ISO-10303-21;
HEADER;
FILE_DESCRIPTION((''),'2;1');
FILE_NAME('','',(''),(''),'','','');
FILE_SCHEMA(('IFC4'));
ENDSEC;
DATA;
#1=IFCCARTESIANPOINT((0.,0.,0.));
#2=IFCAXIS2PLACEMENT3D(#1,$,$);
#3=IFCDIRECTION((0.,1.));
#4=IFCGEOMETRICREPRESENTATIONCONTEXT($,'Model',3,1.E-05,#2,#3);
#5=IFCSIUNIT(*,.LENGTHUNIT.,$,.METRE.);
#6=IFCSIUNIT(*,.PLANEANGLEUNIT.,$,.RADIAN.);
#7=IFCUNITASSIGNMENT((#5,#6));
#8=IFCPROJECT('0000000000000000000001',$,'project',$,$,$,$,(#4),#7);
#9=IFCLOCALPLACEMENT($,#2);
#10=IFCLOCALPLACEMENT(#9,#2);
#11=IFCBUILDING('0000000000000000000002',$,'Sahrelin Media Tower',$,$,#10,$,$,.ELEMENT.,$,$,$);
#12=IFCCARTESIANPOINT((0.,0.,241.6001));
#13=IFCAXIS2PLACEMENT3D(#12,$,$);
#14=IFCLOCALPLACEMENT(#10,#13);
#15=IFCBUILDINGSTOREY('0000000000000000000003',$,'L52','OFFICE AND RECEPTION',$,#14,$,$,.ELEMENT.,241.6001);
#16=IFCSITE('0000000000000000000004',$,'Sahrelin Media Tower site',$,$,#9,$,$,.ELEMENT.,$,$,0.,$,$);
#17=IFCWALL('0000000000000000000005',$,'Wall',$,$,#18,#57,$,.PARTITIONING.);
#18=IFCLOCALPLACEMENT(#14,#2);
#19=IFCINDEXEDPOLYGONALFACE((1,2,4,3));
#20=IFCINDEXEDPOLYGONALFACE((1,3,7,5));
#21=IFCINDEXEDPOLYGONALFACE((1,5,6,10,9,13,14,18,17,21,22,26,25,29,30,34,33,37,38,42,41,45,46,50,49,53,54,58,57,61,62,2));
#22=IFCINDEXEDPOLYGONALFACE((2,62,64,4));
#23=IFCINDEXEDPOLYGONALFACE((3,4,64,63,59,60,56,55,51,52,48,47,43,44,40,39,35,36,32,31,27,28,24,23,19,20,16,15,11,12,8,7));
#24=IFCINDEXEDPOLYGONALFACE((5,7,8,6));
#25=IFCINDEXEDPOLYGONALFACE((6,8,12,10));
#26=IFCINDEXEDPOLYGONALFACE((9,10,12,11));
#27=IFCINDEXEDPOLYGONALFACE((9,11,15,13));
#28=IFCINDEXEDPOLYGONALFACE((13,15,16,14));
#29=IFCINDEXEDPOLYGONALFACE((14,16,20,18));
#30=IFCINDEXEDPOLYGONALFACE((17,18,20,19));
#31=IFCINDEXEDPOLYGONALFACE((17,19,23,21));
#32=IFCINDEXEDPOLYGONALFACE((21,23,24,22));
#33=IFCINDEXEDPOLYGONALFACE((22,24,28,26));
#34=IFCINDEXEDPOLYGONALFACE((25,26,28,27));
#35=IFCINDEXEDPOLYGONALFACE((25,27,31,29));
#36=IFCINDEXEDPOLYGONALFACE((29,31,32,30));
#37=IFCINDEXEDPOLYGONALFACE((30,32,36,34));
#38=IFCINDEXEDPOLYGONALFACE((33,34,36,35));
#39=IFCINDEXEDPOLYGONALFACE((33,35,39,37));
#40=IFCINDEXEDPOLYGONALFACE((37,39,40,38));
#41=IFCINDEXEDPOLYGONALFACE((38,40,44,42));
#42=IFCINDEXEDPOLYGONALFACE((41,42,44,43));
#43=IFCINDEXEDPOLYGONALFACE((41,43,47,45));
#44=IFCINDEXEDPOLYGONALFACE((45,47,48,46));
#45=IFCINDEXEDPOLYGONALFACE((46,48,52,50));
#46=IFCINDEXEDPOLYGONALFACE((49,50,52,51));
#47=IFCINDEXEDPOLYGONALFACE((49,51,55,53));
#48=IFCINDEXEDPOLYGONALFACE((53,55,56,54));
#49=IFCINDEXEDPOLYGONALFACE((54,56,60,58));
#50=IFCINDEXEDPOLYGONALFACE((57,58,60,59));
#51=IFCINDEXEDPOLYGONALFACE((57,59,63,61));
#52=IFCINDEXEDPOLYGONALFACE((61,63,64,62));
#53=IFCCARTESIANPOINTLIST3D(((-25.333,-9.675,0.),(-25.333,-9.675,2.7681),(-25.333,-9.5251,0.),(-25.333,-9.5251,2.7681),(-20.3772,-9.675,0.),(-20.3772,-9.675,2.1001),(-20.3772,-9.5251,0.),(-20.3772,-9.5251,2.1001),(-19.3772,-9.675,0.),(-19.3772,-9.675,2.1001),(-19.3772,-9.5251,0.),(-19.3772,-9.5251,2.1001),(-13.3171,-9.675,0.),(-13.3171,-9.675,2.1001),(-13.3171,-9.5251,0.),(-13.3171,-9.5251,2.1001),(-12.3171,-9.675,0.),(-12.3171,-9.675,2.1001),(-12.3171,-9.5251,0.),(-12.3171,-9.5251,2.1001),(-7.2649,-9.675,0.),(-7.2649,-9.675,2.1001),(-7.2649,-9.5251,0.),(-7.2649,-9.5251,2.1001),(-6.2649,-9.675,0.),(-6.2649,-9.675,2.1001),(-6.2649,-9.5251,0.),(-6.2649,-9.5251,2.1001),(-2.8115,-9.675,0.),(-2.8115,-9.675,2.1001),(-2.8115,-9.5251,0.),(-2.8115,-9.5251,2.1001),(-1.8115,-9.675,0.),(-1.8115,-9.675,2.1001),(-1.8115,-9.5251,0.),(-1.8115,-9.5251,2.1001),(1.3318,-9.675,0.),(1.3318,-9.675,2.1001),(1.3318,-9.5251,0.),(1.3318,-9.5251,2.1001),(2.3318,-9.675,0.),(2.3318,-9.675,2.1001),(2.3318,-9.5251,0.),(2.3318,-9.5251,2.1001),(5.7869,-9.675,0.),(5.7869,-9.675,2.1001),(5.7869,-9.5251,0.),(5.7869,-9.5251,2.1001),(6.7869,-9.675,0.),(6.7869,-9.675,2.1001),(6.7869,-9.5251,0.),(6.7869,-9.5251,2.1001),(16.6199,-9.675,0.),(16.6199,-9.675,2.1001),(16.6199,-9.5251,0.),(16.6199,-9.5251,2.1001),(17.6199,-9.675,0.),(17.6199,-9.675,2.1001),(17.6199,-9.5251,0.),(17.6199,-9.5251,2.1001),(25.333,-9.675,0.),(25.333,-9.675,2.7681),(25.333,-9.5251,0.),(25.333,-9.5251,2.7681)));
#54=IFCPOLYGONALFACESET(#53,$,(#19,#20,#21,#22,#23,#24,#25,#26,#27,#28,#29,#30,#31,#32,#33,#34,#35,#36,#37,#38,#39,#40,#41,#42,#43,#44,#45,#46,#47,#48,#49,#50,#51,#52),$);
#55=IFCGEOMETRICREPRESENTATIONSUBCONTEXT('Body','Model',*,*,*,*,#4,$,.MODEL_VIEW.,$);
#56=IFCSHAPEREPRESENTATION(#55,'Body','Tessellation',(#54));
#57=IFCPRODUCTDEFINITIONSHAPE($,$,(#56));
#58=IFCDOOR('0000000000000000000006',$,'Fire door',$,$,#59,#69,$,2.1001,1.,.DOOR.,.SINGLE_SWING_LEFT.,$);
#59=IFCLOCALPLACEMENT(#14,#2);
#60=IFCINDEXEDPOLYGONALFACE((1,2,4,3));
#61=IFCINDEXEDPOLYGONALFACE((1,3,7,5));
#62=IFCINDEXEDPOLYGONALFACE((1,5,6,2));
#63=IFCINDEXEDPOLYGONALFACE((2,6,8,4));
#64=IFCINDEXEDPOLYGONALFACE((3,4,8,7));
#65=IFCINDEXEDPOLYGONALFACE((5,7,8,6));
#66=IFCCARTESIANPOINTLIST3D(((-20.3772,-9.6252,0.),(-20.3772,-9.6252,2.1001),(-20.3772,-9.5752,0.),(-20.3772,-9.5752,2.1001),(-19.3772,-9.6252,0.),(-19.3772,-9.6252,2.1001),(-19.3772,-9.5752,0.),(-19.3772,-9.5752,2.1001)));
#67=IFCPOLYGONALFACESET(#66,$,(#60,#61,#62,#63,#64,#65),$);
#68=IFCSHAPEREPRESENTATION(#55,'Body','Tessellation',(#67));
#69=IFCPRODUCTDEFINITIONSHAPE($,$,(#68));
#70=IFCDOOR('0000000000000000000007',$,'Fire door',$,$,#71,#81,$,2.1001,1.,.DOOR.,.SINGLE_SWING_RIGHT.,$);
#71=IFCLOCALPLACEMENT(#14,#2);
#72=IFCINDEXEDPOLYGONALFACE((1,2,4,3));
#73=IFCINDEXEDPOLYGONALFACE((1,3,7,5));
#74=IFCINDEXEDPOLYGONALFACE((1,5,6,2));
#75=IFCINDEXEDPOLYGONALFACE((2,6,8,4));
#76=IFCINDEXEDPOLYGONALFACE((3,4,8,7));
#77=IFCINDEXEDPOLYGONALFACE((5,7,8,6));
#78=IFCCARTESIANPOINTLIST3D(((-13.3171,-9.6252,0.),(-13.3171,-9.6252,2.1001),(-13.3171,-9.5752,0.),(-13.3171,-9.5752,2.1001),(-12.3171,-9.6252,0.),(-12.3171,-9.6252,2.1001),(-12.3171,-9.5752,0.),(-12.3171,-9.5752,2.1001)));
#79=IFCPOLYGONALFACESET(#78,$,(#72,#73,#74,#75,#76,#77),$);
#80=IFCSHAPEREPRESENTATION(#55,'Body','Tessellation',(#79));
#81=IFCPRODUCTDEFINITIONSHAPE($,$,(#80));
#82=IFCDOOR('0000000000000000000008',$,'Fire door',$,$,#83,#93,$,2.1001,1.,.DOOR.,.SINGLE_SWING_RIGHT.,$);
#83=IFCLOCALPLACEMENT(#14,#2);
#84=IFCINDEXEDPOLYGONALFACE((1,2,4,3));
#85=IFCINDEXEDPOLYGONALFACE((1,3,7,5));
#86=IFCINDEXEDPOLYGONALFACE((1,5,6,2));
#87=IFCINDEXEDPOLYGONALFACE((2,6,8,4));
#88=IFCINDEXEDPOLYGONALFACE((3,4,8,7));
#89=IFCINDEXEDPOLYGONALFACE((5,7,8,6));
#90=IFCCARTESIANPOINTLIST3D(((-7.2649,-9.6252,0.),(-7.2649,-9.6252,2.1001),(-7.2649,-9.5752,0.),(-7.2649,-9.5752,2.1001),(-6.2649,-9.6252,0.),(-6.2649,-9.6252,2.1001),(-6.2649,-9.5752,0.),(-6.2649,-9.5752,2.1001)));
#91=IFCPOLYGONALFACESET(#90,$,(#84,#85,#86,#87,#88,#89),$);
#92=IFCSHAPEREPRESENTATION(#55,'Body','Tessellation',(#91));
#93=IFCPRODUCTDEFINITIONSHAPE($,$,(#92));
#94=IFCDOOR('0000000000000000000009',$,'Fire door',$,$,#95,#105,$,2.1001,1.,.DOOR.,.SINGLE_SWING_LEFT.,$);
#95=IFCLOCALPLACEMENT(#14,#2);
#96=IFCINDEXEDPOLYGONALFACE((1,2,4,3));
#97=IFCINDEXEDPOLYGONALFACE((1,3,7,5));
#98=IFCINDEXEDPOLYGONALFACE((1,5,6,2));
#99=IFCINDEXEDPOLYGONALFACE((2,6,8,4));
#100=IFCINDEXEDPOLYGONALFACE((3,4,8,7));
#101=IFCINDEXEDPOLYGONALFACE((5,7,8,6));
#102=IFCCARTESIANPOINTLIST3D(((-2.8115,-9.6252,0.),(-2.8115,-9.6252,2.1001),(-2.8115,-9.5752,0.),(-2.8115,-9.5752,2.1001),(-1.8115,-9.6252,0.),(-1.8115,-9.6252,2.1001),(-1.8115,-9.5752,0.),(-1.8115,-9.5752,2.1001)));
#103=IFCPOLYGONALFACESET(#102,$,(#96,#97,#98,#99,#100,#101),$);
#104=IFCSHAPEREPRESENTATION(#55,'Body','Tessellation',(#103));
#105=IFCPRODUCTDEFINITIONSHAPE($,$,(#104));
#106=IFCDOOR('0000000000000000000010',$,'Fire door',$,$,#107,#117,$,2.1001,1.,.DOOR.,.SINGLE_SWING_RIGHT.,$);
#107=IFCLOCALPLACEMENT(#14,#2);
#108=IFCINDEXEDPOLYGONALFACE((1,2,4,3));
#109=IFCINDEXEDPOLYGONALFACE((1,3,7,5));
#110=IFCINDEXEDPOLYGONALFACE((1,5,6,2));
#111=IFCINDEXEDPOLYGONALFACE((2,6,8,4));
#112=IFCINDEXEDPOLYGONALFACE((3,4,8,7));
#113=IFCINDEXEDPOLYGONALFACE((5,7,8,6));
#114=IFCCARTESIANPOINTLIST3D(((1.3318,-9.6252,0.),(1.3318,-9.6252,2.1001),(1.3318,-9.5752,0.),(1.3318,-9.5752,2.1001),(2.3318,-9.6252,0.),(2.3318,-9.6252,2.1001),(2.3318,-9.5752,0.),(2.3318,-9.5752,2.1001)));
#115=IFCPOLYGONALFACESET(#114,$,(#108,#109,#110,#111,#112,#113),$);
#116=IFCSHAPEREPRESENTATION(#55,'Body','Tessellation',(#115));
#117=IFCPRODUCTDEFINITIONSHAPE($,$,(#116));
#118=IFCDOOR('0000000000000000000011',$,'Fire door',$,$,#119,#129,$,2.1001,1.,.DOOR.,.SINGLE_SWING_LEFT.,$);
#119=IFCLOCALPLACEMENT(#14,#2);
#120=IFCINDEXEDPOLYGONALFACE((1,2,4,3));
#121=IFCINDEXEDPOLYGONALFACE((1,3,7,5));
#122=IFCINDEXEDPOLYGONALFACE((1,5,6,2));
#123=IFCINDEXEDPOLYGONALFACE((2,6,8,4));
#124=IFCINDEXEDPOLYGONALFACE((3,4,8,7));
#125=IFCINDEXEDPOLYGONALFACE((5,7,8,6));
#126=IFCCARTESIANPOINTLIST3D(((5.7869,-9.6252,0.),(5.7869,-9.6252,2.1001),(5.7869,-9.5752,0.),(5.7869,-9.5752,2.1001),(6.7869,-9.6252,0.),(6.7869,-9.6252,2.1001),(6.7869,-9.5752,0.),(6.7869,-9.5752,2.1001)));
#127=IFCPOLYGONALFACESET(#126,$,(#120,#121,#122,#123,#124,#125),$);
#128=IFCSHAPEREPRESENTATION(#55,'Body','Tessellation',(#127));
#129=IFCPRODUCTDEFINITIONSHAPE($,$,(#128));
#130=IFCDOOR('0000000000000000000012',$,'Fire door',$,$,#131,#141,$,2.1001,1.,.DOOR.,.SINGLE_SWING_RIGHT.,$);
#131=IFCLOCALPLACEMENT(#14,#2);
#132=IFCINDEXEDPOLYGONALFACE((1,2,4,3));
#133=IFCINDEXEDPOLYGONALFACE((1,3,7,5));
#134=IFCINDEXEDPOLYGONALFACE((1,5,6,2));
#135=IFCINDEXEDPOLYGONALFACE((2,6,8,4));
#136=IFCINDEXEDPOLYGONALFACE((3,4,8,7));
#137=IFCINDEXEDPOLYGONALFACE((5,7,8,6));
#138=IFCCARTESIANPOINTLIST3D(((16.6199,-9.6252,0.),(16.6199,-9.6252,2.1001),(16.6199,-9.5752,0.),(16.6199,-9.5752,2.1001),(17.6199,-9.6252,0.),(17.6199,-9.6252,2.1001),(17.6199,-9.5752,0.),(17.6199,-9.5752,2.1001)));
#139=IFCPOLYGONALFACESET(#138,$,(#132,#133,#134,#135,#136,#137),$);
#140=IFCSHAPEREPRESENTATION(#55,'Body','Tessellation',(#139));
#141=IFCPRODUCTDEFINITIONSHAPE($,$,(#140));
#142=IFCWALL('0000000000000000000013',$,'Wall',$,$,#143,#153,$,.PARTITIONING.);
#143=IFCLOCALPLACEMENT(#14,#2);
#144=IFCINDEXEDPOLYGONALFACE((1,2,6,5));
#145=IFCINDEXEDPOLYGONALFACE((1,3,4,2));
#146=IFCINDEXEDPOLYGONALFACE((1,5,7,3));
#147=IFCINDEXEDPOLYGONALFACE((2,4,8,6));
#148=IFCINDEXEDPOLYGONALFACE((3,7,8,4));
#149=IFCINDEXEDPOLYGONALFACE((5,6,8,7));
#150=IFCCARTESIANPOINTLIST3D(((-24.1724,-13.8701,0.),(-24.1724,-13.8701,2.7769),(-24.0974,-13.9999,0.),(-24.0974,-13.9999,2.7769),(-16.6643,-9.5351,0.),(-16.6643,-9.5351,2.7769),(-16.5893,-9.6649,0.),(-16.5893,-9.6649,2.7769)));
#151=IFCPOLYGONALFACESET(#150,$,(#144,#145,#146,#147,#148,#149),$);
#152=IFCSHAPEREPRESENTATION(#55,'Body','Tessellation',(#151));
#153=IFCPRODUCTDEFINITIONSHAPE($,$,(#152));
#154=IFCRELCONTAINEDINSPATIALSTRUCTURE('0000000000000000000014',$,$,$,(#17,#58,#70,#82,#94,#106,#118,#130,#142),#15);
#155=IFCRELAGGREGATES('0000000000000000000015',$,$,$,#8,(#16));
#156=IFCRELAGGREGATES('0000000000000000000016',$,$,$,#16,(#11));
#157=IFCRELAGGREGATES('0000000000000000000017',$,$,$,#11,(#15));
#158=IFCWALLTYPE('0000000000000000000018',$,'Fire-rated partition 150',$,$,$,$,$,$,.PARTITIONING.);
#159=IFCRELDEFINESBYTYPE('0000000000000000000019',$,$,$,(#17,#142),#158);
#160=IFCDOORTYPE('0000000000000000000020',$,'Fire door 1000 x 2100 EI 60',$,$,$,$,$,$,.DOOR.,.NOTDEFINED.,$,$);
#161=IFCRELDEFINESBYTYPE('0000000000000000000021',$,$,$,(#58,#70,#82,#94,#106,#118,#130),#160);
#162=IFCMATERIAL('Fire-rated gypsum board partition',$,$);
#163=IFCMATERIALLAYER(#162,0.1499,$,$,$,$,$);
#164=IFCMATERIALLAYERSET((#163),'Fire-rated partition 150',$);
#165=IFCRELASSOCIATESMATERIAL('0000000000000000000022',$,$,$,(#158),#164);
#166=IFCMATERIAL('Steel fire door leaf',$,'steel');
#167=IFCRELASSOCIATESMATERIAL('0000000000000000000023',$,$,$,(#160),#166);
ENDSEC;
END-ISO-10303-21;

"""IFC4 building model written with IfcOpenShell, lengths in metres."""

from ifc_helpers import new_model, si_unit, direction, frame, frame_2d, origin, place, context, subcontext, project, spatial, rectangle, extrude, material, layer, layer_set, type_object, element, fill, save


model = new_model("IFC4")

# Units and contexts
model_context = context("Model", 3, precision=1e-05, world=origin(), true_north=direction((0.0, 1.0)))
body_context = subcontext(model_context, "Body", "Model", "MODEL_VIEW")
ifc_project = project(units=[si_unit("LENGTHUNIT", "METRE"), si_unit("PLANEANGLEUNIT", "RADIAN")], contexts=[model_context])

# Site, building, storey
site_placement = place(None, origin())
site = spatial("IfcSite", under=ifc_project, at=site_placement, Name="Sahrelin Media Tower site", CompositionType="ELEMENT", RefElevation=0.0)
building_placement = place(site_placement, origin())
building = spatial("IfcBuilding", under=site, at=building_placement, Name="Sahrelin Media Tower", CompositionType="ELEMENT")
storey_placement = place(building_placement, frame((0.0, 0.0, 241.6001)))
storey = spatial("IfcBuildingStorey", under=building, at=storey_placement, Name="L52", Description="OFFICE AND RECEPTION", CompositionType="ELEMENT", Elevation=241.6001)

# Wall, openings, doors
ifc_material_1 = material(Name="Fire-rated gypsum board partition")
ifc_layer_1 = layer(ifc_material_1, 0.1499)
ifc_layer_set_1 = layer_set([ifc_layer_1], Name="Fire-rated partition 150")
wall_type_1 = type_object("IfcWallType", Name="Fire-rated partition 150", PredefinedType="PARTITIONING", material=ifc_layer_set_1)
wall_1_placement = place(storey_placement, frame((-25.333, -9.6001, 0.0), z_axis=(0.0, 0.0, 1.0), x_axis=(1.0, 0.0, 0.0)))
wall_1 = element("IfcWall", 1, at=wall_1_placement, inside=storey, type_object=wall_type_1, Name="Wall", PredefinedType="PARTITIONING", context=body_context, shape_type="SweptSolid", body=[
    extrude(rectangle(XDim=50.666, YDim=0.1499, at=frame_2d((25.333, 0.0))), origin(), (0.0, 0.0, 1.0), 2.7681),
])
opening_1_placement = place(wall_1_placement, frame((4.9558, 0.0, 0.0)))
opening_1 = element("IfcOpeningElement", 2, at=opening_1_placement, cuts=wall_1, PredefinedType="OPENING", context=body_context, shape_type="SweptSolid", body=[
    extrude(rectangle(XDim=1.0, YDim=2.1001, at=frame_2d((0.5, 1.05))), frame((0.0, 0.075, 0.0), z_axis=(0.0, -1.0, 0.0), x_axis=(1.0, 0.0, 0.0)), (0.0, 0.0, 1.0), 0.1499),
])
opening_2_placement = place(wall_1_placement, frame((12.0159, 0.0, 0.0)))
opening_2 = element("IfcOpeningElement", 3, at=opening_2_placement, cuts=wall_1, PredefinedType="OPENING", context=body_context, shape_type="SweptSolid", body=[
    extrude(rectangle(XDim=1.0, YDim=2.1001, at=frame_2d((0.5, 1.05))), frame((0.0, 0.075, 0.0), z_axis=(0.0, -1.0, 0.0), x_axis=(1.0, 0.0, 0.0)), (0.0, 0.0, 1.0), 0.1499),
])
opening_3_placement = place(wall_1_placement, frame((18.0681, 0.0, 0.0)))
opening_3 = element("IfcOpeningElement", 4, at=opening_3_placement, cuts=wall_1, PredefinedType="OPENING", context=body_context, shape_type="SweptSolid", body=[
    extrude(rectangle(XDim=1.0, YDim=2.1001, at=frame_2d((0.5, 1.05))), frame((0.0, 0.075, 0.0), z_axis=(0.0, -1.0, 0.0), x_axis=(1.0, 0.0, 0.0)), (0.0, 0.0, 1.0), 0.1499),
])
opening_4_placement = place(wall_1_placement, frame((22.5215, 0.0, 0.0)))
opening_4 = element("IfcOpeningElement", 5, at=opening_4_placement, cuts=wall_1, PredefinedType="OPENING", context=body_context, shape_type="SweptSolid", body=[
    extrude(rectangle(XDim=1.0, YDim=2.1001, at=frame_2d((0.5, 1.05))), frame((0.0, 0.075, 0.0), z_axis=(0.0, -1.0, 0.0), x_axis=(1.0, 0.0, 0.0)), (0.0, 0.0, 1.0), 0.1499),
])
opening_5_placement = place(wall_1_placement, frame((26.6648, 0.0, 0.0)))
opening_5 = element("IfcOpeningElement", 6, at=opening_5_placement, cuts=wall_1, PredefinedType="OPENING", context=body_context, shape_type="SweptSolid", body=[
    extrude(rectangle(XDim=1.0, YDim=2.1001, at=frame_2d((0.5, 1.05))), frame((0.0, 0.075, 0.0), z_axis=(0.0, -1.0, 0.0), x_axis=(1.0, 0.0, 0.0)), (0.0, 0.0, 1.0), 0.1499),
])
opening_6_placement = place(wall_1_placement, frame((31.1199, 0.0, 0.0)))
opening_6 = element("IfcOpeningElement", 7, at=opening_6_placement, cuts=wall_1, PredefinedType="OPENING", context=body_context, shape_type="SweptSolid", body=[
    extrude(rectangle(XDim=1.0, YDim=2.1001, at=frame_2d((0.5, 1.05))), frame((0.0, 0.075, 0.0), z_axis=(0.0, -1.0, 0.0), x_axis=(1.0, 0.0, 0.0)), (0.0, 0.0, 1.0), 0.1499),
])
opening_7_placement = place(wall_1_placement, frame((41.9529, 0.0, 0.0)))
opening_7 = element("IfcOpeningElement", 8, at=opening_7_placement, cuts=wall_1, PredefinedType="OPENING", context=body_context, shape_type="SweptSolid", body=[
    extrude(rectangle(XDim=1.0, YDim=2.1001, at=frame_2d((0.5, 1.05))), frame((0.0, 0.075, 0.0), z_axis=(0.0, -1.0, 0.0), x_axis=(1.0, 0.0, 0.0)), (0.0, 0.0, 1.0), 0.1499),
])
ifc_material_2 = material(Name="Steel fire door leaf", Category="steel")
door_type_1 = type_object("IfcDoorType", Name="Fire door 1000 x 2100 EI 60", OperationType="NOTDEFINED", PredefinedType="DOOR", material=ifc_material_2)
door_1_placement = place(opening_1_placement, origin())
door_1 = element("IfcDoor", 9, at=door_1_placement, inside=storey, type_object=door_type_1, Name="Fire door", OperationType="SINGLE_SWING_LEFT", OverallHeight=2.1001, OverallWidth=1.0, PredefinedType="DOOR", context=body_context, shape_type="SweptSolid", body=[
    extrude(rectangle(XDim=1.0, YDim=2.1001, at=frame_2d((0.5, 1.05))), frame((0.0, 0.0249, 0.0), z_axis=(0.0, -1.0, 0.0), x_axis=(1.0, 0.0, 0.0)), (0.0, 0.0, 1.0), 0.05),
])
fill(opening_1, door_1)
door_2_placement = place(opening_2_placement, origin())
door_2 = element("IfcDoor", 10, at=door_2_placement, inside=storey, type_object=door_type_1, Name="Fire door", OperationType="SINGLE_SWING_RIGHT", OverallHeight=2.1001, OverallWidth=1.0, PredefinedType="DOOR", context=body_context, shape_type="SweptSolid", body=[
    extrude(rectangle(XDim=1.0, YDim=2.1001, at=frame_2d((0.5, 1.05))), frame((0.0, 0.0249, 0.0), z_axis=(0.0, -1.0, 0.0), x_axis=(1.0, 0.0, 0.0)), (0.0, 0.0, 1.0), 0.05),
])
fill(opening_2, door_2)
door_3_placement = place(opening_3_placement, origin())
door_3 = element("IfcDoor", 11, at=door_3_placement, inside=storey, type_object=door_type_1, Name="Fire door", OperationType="SINGLE_SWING_RIGHT", OverallHeight=2.1001, OverallWidth=1.0, PredefinedType="DOOR", context=body_context, shape_type="SweptSolid", body=[
    extrude(rectangle(XDim=1.0, YDim=2.1001, at=frame_2d((0.5, 1.05))), frame((0.0, 0.0249, 0.0), z_axis=(0.0, -1.0, 0.0), x_axis=(1.0, 0.0, 0.0)), (0.0, 0.0, 1.0), 0.05),
])
fill(opening_3, door_3)
door_4_placement = place(opening_4_placement, origin())
door_4 = element("IfcDoor", 12, at=door_4_placement, inside=storey, type_object=door_type_1, Name="Fire door", OperationType="SINGLE_SWING_LEFT", OverallHeight=2.1001, OverallWidth=1.0, PredefinedType="DOOR", context=body_context, shape_type="SweptSolid", body=[
    extrude(rectangle(XDim=1.0, YDim=2.1001, at=frame_2d((0.5, 1.05))), frame((0.0, 0.0249, 0.0), z_axis=(0.0, -1.0, 0.0), x_axis=(1.0, 0.0, 0.0)), (0.0, 0.0, 1.0), 0.05),
])
fill(opening_4, door_4)
door_5_placement = place(opening_5_placement, origin())
door_5 = element("IfcDoor", 13, at=door_5_placement, inside=storey, type_object=door_type_1, Name="Fire door", OperationType="SINGLE_SWING_RIGHT", OverallHeight=2.1001, OverallWidth=1.0, PredefinedType="DOOR", context=body_context, shape_type="SweptSolid", body=[
    extrude(rectangle(XDim=1.0, YDim=2.1001, at=frame_2d((0.5, 1.05))), frame((0.0, 0.0249, 0.0), z_axis=(0.0, -1.0, 0.0), x_axis=(1.0, 0.0, 0.0)), (0.0, 0.0, 1.0), 0.05),
])
fill(opening_5, door_5)
door_6_placement = place(opening_6_placement, origin())
door_6 = element("IfcDoor", 14, at=door_6_placement, inside=storey, type_object=door_type_1, Name="Fire door", OperationType="SINGLE_SWING_LEFT", OverallHeight=2.1001, OverallWidth=1.0, PredefinedType="DOOR", context=body_context, shape_type="SweptSolid", body=[
    extrude(rectangle(XDim=1.0, YDim=2.1001, at=frame_2d((0.5, 1.05))), frame((0.0, 0.0249, 0.0), z_axis=(0.0, -1.0, 0.0), x_axis=(1.0, 0.0, 0.0)), (0.0, 0.0, 1.0), 0.05),
])
fill(opening_6, door_6)
door_7_placement = place(opening_7_placement, origin())
door_7 = element("IfcDoor", 15, at=door_7_placement, inside=storey, type_object=door_type_1, Name="Fire door", OperationType="SINGLE_SWING_RIGHT", OverallHeight=2.1001, OverallWidth=1.0, PredefinedType="DOOR", context=body_context, shape_type="SweptSolid", body=[
    extrude(rectangle(XDim=1.0, YDim=2.1001, at=frame_2d((0.5, 1.05))), frame((0.0, 0.0249, 0.0), z_axis=(0.0, -1.0, 0.0), x_axis=(1.0, 0.0, 0.0)), (0.0, 0.0, 1.0), 0.05),
])
fill(opening_7, door_7)

# Wall
wall_2_placement = place(storey_placement, frame((-24.135, -13.9351, 0.0), z_axis=(0.0, 0.0, 1.0), x_axis=(0.866016, 0.500016, 0.0)))
element("IfcWall", 16, at=wall_2_placement, inside=storey, type_object=wall_type_1, Name="Wall", PredefinedType="PARTITIONING", context=body_context, shape_type="SweptSolid", body=[
    extrude(rectangle(XDim=8.6697, YDim=0.1499, at=frame_2d((4.335, 0.0))), origin(), (0.0, 0.0, 1.0), 2.7769),
])

save(model, "model.ifc")
